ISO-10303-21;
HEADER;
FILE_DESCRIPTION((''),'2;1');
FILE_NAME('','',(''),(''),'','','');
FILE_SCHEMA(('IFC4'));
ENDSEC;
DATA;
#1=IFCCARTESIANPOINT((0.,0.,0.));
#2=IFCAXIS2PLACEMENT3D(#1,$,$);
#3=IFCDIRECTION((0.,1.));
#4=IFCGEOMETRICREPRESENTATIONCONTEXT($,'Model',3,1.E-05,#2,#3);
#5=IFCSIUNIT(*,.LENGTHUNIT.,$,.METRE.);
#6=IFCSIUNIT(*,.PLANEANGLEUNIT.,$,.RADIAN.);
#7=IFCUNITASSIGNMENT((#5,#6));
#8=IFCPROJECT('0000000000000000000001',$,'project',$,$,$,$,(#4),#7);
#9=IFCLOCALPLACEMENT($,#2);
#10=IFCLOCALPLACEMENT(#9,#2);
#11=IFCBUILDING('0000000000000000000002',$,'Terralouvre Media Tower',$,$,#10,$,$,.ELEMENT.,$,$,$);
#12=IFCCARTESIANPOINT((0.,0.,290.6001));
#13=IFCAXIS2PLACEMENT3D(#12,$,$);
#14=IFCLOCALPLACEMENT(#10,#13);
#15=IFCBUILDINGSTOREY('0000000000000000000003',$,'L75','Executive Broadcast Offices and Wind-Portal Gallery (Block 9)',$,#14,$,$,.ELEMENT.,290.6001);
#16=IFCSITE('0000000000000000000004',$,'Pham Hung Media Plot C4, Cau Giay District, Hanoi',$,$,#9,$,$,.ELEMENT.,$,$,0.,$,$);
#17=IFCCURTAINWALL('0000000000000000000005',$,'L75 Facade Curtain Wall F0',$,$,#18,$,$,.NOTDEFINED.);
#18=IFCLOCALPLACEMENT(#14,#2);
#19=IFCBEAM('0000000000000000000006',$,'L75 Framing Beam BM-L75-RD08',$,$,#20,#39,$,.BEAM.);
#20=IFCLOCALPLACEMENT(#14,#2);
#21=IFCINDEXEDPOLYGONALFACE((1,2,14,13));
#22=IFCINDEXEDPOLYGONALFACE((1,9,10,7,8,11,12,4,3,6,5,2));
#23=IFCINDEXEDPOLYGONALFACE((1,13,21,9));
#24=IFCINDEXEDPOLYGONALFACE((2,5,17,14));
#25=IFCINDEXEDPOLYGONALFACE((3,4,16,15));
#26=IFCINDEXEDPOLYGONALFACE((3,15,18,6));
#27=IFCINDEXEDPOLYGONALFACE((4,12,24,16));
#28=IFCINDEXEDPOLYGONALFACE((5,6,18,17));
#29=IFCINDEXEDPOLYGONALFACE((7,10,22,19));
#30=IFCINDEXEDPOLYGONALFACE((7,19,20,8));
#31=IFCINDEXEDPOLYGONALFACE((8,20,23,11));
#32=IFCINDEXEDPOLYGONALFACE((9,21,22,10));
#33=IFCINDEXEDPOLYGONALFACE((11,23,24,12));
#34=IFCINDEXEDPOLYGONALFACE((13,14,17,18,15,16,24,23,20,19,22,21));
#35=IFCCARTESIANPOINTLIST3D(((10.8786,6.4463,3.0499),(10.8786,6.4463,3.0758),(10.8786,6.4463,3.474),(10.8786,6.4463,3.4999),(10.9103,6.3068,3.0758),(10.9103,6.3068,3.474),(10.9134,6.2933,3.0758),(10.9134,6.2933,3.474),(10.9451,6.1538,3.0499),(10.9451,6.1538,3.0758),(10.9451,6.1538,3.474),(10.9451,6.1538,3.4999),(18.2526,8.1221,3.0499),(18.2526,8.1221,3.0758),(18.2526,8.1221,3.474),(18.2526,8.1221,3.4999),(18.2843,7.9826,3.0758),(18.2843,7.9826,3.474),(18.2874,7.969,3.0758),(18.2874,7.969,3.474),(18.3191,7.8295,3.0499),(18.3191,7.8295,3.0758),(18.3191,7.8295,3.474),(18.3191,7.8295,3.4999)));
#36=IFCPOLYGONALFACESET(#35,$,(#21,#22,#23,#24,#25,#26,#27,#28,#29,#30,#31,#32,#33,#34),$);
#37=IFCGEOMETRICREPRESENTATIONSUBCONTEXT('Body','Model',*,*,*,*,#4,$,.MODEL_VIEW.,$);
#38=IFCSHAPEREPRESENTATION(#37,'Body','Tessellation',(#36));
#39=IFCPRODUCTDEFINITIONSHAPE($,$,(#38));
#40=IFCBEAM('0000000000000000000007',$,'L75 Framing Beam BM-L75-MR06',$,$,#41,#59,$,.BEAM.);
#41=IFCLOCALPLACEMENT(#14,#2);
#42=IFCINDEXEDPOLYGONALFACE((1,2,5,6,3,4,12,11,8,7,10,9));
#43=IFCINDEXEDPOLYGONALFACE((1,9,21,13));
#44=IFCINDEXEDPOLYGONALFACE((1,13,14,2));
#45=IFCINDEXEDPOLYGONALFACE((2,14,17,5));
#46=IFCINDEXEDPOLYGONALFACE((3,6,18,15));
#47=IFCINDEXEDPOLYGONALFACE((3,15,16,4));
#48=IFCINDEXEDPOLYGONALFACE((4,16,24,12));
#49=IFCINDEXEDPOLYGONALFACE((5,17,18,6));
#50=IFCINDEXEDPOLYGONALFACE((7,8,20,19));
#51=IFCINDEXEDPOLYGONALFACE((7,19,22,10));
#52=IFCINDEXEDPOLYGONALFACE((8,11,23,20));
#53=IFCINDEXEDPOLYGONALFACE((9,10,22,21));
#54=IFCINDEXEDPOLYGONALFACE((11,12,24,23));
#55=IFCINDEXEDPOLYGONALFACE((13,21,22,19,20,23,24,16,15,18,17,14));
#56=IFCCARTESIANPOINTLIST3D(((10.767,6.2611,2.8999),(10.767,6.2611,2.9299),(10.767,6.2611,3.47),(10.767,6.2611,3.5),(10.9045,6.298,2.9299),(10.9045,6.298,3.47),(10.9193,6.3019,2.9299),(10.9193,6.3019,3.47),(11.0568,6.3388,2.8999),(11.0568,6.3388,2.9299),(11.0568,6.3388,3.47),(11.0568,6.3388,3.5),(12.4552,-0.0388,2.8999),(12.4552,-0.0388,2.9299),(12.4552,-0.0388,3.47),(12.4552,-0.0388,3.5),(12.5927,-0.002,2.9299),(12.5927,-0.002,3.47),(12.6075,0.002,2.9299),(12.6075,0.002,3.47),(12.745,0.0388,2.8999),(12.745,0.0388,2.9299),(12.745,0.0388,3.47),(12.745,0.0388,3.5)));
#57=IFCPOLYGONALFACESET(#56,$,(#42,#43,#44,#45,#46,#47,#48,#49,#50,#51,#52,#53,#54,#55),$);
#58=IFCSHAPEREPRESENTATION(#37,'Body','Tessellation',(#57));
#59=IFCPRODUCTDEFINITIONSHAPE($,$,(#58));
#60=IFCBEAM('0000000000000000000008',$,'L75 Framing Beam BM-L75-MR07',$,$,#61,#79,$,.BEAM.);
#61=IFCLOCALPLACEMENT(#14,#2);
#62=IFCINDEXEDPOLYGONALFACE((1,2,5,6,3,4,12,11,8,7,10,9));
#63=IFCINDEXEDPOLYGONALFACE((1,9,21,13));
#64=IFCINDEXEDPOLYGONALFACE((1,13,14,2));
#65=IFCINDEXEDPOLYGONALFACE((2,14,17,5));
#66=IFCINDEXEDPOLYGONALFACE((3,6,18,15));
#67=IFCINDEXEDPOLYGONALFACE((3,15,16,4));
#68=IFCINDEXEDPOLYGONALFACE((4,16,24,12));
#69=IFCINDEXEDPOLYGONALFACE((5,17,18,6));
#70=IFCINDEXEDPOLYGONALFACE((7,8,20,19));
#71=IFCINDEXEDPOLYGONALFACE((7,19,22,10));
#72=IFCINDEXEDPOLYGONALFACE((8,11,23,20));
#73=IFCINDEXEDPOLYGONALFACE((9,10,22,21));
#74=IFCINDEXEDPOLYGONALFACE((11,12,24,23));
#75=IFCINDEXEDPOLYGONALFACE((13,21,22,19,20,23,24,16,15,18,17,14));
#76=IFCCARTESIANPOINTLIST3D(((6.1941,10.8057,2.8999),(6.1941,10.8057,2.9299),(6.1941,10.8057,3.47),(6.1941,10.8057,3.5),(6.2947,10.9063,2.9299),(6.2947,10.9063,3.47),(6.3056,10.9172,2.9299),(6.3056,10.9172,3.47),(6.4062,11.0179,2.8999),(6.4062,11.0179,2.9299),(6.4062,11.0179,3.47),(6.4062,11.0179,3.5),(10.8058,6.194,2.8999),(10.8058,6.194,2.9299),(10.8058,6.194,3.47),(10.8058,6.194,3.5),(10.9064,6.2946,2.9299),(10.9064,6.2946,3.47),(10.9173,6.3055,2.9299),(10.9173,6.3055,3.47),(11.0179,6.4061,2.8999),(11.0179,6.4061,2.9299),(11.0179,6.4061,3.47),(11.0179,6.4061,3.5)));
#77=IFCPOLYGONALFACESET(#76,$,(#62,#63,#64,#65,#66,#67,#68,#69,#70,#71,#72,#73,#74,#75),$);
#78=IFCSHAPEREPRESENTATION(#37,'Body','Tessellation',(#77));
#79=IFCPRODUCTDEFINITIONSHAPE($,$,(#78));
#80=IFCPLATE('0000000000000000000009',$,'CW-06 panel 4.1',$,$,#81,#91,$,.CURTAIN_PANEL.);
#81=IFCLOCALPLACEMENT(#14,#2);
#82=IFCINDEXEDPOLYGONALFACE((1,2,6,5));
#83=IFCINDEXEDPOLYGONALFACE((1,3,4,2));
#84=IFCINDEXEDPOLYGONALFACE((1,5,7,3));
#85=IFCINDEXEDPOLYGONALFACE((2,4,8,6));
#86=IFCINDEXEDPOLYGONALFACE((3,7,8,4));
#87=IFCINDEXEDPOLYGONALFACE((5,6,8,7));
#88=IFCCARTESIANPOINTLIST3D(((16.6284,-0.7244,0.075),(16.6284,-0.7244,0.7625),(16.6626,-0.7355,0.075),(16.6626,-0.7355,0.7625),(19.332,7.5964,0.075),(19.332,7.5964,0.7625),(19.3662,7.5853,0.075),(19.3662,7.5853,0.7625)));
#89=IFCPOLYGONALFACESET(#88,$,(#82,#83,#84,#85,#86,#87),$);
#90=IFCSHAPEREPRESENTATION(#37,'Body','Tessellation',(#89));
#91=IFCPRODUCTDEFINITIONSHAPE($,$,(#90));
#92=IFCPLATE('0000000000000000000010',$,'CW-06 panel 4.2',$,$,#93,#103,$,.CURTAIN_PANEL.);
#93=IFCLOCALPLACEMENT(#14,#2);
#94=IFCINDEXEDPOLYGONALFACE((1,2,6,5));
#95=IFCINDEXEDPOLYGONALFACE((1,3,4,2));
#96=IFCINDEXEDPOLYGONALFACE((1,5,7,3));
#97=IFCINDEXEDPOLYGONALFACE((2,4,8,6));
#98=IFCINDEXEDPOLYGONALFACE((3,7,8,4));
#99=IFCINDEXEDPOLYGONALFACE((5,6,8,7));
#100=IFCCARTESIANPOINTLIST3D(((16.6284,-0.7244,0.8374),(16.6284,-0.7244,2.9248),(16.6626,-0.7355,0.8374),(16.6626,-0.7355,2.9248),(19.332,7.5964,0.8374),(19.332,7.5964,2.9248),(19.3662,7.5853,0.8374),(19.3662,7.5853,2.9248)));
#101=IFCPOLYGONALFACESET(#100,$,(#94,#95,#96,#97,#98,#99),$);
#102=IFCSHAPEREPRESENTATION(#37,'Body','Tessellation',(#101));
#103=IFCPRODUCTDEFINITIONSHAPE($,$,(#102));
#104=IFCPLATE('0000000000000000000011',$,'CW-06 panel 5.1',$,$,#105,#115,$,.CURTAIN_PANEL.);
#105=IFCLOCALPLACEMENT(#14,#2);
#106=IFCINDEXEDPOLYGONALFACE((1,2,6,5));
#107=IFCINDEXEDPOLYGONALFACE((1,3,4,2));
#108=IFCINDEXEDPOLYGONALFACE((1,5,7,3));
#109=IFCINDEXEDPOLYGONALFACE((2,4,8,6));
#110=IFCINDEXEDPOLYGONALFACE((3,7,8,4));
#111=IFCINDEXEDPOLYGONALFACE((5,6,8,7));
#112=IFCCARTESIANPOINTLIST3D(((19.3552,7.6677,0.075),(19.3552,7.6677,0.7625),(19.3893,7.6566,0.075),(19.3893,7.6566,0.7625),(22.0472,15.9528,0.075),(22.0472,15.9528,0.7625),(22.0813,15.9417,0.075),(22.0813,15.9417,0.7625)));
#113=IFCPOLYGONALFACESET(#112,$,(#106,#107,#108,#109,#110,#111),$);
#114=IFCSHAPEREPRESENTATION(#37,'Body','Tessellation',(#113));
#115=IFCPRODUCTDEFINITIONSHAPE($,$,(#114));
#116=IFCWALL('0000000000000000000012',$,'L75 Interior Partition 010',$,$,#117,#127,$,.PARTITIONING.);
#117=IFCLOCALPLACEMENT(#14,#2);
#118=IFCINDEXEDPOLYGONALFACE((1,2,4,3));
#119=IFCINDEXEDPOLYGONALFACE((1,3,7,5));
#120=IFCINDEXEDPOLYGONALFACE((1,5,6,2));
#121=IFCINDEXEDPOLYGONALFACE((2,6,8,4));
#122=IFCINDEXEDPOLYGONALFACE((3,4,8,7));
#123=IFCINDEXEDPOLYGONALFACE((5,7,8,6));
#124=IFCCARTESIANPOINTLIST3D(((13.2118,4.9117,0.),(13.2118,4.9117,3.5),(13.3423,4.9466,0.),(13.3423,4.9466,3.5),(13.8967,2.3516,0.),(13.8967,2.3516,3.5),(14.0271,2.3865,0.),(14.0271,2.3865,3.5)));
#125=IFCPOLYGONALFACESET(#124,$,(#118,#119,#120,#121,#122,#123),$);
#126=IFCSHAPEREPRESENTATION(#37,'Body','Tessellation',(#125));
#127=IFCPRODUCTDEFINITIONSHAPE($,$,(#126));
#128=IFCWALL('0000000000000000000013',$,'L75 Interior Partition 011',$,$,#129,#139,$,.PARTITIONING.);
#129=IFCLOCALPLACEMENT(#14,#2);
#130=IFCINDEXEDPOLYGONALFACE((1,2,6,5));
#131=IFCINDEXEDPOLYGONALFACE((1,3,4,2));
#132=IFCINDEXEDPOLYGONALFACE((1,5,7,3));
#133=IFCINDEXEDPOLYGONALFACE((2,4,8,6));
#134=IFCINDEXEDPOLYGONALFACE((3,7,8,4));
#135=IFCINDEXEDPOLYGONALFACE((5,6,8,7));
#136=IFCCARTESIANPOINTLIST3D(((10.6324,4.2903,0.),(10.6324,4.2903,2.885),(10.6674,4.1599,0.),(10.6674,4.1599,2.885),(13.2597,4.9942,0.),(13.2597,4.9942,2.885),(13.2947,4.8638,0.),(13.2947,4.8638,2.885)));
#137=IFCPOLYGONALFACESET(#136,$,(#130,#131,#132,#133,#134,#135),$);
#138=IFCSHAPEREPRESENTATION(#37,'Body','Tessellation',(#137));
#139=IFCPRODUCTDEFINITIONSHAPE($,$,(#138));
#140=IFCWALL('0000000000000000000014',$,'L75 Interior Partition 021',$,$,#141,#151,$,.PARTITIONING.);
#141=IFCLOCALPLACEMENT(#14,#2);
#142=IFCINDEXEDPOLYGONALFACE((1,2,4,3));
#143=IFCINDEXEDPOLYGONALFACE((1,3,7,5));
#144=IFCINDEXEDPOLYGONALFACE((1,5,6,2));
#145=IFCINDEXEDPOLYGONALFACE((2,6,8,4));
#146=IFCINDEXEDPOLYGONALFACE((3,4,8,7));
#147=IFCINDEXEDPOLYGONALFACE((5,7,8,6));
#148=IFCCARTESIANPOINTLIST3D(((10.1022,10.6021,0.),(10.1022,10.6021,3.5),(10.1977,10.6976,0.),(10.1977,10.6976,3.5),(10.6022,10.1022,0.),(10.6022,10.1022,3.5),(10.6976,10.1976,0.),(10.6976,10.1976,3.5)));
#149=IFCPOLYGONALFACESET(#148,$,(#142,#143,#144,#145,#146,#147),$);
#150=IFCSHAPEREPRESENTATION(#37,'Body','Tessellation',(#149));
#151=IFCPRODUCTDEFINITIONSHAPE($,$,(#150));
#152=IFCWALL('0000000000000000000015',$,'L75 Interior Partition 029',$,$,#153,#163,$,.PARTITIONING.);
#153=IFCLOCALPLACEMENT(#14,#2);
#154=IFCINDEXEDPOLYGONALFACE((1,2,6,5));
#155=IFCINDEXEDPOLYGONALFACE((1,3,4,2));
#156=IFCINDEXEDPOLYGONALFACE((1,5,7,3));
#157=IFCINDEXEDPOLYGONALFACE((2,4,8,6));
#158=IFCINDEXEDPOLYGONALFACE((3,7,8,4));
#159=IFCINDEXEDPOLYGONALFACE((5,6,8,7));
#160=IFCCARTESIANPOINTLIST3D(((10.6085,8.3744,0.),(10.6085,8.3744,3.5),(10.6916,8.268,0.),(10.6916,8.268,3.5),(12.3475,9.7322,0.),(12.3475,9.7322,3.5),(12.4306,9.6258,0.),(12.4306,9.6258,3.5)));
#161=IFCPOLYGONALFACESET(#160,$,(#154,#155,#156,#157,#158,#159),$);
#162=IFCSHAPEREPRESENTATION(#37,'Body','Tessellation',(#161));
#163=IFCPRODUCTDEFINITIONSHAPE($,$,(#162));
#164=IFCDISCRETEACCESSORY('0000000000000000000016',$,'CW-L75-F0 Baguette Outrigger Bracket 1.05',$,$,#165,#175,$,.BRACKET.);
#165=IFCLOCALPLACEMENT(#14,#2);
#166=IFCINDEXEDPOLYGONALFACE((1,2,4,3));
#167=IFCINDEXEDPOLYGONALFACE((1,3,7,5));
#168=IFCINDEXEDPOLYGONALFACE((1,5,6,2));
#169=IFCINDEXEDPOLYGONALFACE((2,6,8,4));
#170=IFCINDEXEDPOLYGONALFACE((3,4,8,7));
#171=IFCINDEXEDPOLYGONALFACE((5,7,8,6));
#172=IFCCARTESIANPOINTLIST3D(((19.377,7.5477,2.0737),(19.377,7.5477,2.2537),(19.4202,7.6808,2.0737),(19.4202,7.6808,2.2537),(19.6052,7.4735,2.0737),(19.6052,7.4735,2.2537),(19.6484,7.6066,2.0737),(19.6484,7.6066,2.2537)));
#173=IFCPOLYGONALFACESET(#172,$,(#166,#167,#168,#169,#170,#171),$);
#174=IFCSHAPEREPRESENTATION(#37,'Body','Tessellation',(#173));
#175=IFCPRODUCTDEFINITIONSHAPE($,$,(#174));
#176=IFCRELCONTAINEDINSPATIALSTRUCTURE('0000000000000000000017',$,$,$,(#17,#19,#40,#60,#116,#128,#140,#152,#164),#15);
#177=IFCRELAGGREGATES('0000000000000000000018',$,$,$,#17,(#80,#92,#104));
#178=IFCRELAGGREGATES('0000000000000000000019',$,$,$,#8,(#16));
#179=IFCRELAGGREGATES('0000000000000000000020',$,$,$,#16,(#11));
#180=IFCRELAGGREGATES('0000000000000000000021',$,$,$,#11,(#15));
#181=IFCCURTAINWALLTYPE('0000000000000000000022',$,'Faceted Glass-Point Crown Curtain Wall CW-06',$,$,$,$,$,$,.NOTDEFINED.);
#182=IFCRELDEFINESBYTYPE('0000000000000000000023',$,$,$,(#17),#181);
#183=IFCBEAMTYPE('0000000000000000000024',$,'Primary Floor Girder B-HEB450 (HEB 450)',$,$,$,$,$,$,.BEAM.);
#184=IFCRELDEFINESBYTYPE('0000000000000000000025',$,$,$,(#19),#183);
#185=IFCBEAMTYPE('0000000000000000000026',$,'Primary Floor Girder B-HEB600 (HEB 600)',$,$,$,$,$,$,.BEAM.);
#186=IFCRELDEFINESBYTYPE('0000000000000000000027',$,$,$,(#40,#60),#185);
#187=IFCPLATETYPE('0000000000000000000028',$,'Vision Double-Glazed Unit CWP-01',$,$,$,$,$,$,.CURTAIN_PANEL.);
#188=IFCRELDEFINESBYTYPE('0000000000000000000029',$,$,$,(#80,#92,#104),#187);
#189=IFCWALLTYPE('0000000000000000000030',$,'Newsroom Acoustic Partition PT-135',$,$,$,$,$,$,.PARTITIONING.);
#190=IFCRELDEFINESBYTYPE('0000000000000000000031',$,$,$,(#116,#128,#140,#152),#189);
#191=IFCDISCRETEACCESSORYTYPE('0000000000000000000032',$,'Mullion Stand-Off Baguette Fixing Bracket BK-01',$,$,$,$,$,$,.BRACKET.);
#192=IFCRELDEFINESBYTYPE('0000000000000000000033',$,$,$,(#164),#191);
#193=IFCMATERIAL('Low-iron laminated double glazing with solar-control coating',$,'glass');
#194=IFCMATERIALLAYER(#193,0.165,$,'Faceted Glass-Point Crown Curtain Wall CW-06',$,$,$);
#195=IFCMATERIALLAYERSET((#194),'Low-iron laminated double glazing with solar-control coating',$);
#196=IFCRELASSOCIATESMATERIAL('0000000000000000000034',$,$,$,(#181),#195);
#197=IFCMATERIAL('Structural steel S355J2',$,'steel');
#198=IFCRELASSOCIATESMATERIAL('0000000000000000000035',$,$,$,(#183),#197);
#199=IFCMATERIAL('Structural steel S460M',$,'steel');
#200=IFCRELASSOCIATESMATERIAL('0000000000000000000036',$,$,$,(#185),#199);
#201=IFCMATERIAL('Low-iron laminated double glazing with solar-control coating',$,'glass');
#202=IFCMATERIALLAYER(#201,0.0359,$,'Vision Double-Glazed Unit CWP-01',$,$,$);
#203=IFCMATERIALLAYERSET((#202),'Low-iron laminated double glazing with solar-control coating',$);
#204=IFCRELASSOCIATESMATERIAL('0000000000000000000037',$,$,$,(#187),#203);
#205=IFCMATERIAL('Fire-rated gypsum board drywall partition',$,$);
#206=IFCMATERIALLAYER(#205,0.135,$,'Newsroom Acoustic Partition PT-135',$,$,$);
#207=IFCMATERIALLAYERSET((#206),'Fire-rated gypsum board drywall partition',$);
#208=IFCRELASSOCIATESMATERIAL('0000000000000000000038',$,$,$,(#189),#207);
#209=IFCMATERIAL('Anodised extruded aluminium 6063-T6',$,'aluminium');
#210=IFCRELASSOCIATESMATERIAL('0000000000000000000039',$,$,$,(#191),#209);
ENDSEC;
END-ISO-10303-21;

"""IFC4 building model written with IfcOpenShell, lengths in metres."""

from ifc_helpers import new_model, si_unit, direction, frame, frame_2d, origin, origin_2d, place, context, subcontext, project, spatial, rectangle, i_section, extrude, material, layer, layer_set, material_profile, profile_set, type_object, element, aggregate, save


model = new_model("IFC4")

# Units and contexts
model_context = context("Model", 3, precision=1e-05, world=origin(), true_north=direction((0.0, 1.0)))
body_context = subcontext(model_context, "Body", "Model", "MODEL_VIEW")
ifc_project = project(units=[si_unit("LENGTHUNIT", "METRE"), si_unit("PLANEANGLEUNIT", "RADIAN")], contexts=[model_context])

# Site, building, storey
site_placement = place(None, origin())
site = spatial("IfcSite", under=ifc_project, at=site_placement, Name="Pham Hung Media Plot C4, Cau Giay District, Hanoi", CompositionType="ELEMENT", RefElevation=0.0)
building_placement = place(site_placement, origin())
building = spatial("IfcBuilding", under=site, at=building_placement, Name="Terralouvre Media Tower", CompositionType="ELEMENT")
storey_placement = place(building_placement, frame((0.0, 0.0, 290.6001)))
storey = spatial("IfcBuildingStorey", under=building, at=storey_placement, Name="L75", Description="Executive Broadcast Offices and Wind-Portal Gallery (Block 9)", CompositionType="ELEMENT", Elevation=290.6001)

# Curtain wall
ifc_material_1 = material(Name="Low-iron laminated double glazing with solar-control coating", Category="glass")
ifc_layer_1 = layer(ifc_material_1, 0.165, Name="Faceted Glass-Point Crown Curtain Wall CW-06")
ifc_layer_set_1 = layer_set([ifc_layer_1], Name="Low-iron laminated double glazing with solar-control coating")
curtain_wall_type = type_object("IfcCurtainWallType", Name="Faceted Glass-Point Crown Curtain Wall CW-06", PredefinedType="NOTDEFINED", material=ifc_layer_set_1)
curtain_wall_placement = place(storey_placement, origin())
curtain_wall = element("IfcCurtainWall", 1, at=curtain_wall_placement, inside=storey, type_object=curtain_wall_type, Name="L75 Facade Curtain Wall F0", PredefinedType="NOTDEFINED")

# Beams
ifc_material_2 = material(Name="Structural steel S355J2", Category="steel")
ifc_material_profile_1 = material_profile(ifc_material_2, i_section(OverallWidth=0.3, OverallDepth=0.45, WebThickness=0.0139, FlangeThickness=0.0259, at=origin_2d()), Name="HEB 450")
ifc_profile_set_1 = profile_set([ifc_material_profile_1], Name="Structural steel S355J2")
beam_type_1 = type_object("IfcBeamType", Name="Primary Floor Girder B-HEB450 (HEB 450)", PredefinedType="BEAM", material=ifc_profile_set_1)
beam_1_placement = place(storey_placement, frame((10.9119, 6.3, 3.2749), z_axis=(0.975137, 0.221604, 0.0), x_axis=(-0.221604, 0.975137, 0.0)))
element("IfcBeam", 2, at=beam_1_placement, inside=storey, type_object=beam_type_1, Name="L75 Framing Beam BM-L75-RD08", PredefinedType="BEAM", context=body_context, shape_type="SweptSolid", body=[
    extrude(i_section(OverallWidth=0.3, OverallDepth=0.45, WebThickness=0.0139, FlangeThickness=0.0259, at=origin_2d()), origin(), (0.0, 0.0, 1.0), 7.562),
])
ifc_material_3 = material(Name="Structural steel S460M", Category="steel")
ifc_material_profile_2 = material_profile(ifc_material_3, i_section(OverallWidth=0.3, OverallDepth=0.6001, WebThickness=0.0154, FlangeThickness=0.03, at=origin_2d()), Name="HEB 600")
ifc_profile_set_2 = profile_set([ifc_material_profile_2], Name="Structural steel S460M")
beam_type_2 = type_object("IfcBeamType", Name="Primary Floor Girder B-HEB600 (HEB 600)", PredefinedType="BEAM", material=ifc_profile_set_2)
beam_2_placement = place(storey_placement, frame((12.6001, 0.0, 3.2), z_axis=(-0.258839, 0.96592, 0.0), x_axis=(-0.96592, -0.258839, 0.0)))
element("IfcBeam", 3, at=beam_2_placement, inside=storey, type_object=beam_type_2, Name="L75 Framing Beam BM-L75-MR06", PredefinedType="BEAM", context=body_context, shape_type="SweptSolid", body=[
    extrude(i_section(OverallWidth=0.3, OverallDepth=0.6001, WebThickness=0.0154, FlangeThickness=0.03, at=origin_2d()), origin(), (0.0, 0.0, 1.0), 6.5222),
])
beam_3_placement = place(storey_placement, frame((10.9119, 6.3, 3.2), z_axis=(-0.707107, 0.707107, 0.0), x_axis=(-0.707107, -0.707107, 0.0)))
element("IfcBeam", 4, at=beam_3_placement, inside=storey, type_object=beam_type_2, Name="L75 Framing Beam BM-L75-MR07", PredefinedType="BEAM", context=body_context, shape_type="SweptSolid", body=[
    extrude(i_section(OverallWidth=0.3, OverallDepth=0.6001, WebThickness=0.0154, FlangeThickness=0.03, at=origin_2d()), origin(), (0.0, 0.0, 1.0), 6.522),
])

# Plates
ifc_material_4 = material(Name="Low-iron laminated double glazing with solar-control coating", Category="glass")
ifc_layer_2 = layer(ifc_material_4, 0.0359, Name="Vision Double-Glazed Unit CWP-01")
ifc_layer_set_2 = layer_set([ifc_layer_2], Name="Low-iron laminated double glazing with solar-control coating")
plate_type = type_object("IfcPlateType", Name="Vision Double-Glazed Unit CWP-01", PredefinedType="CURTAIN_PANEL", material=ifc_layer_set_2)
plate_1_placement = place(storey_placement, frame((17.9973, 3.4304, 0.075), z_axis=(0.0, 0.0, 1.0), x_axis=(0.309017, 0.951057, 0.0)))
plate_1 = element("IfcPlate", 5, at=plate_1_placement, type_object=plate_type, Name="CW-06 panel 4.1", PredefinedType="CURTAIN_PANEL", context=body_context, shape_type="SweptSolid", body=[
    extrude(rectangle(XDim=8.749, YDim=0.0359, at=origin_2d()), origin(), (0.0, 0.0, 1.0), 0.6875),
])
plate_2_placement = place(storey_placement, frame((17.9973, 3.4304, 0.8374), z_axis=(0.0, 0.0, 1.0), x_axis=(0.309017, 0.951057, 0.0)))
plate_2 = element("IfcPlate", 6, at=plate_2_placement, type_object=plate_type, Name="CW-06 panel 4.2", PredefinedType="CURTAIN_PANEL", context=body_context, shape_type="SweptSolid", body=[
    extrude(rectangle(XDim=8.749, YDim=0.0359, at=origin_2d()), origin(), (0.0, 0.0, 1.0), 2.0874),
])
plate_3_placement = place(storey_placement, frame((20.7183, 11.8047, 0.075), z_axis=(0.0, 0.0, 1.0), x_axis=(0.309017, 0.951057, 0.0)))
plate_3 = element("IfcPlate", 7, at=plate_3_placement, type_object=plate_type, Name="CW-06 panel 5.1", PredefinedType="CURTAIN_PANEL", context=body_context, shape_type="SweptSolid", body=[
    extrude(rectangle(XDim=8.7114, YDim=0.0359, at=origin_2d()), origin(), (0.0, 0.0, 1.0), 0.6875),
])
aggregate(curtain_wall, [plate_1, plate_2, plate_3])

# Walls
ifc_material_5 = material(Name="Fire-rated gypsum board drywall partition")
ifc_layer_3 = layer(ifc_material_5, 0.135, Name="Newsroom Acoustic Partition PT-135")
ifc_layer_set_3 = layer_set([ifc_layer_3], Name="Fire-rated gypsum board drywall partition")
wall_type = type_object("IfcWallType", Name="Newsroom Acoustic Partition PT-135", PredefinedType="PARTITIONING", material=ifc_layer_set_3)
wall_1_placement = place(storey_placement, frame((13.9619, 2.3689, 0.0), z_axis=(0.0, 0.0, 1.0), x_axis=(-0.258414, 0.966034, 0.0)))
element("IfcWall", 8, at=wall_1_placement, inside=storey, type_object=wall_type, Name="L75 Interior Partition 010", PredefinedType="PARTITIONING", context=body_context, shape_type="SweptSolid", body=[
    extrude(rectangle(XDim=2.6501, YDim=0.135, at=frame_2d((1.3252, 0.0))), origin(), (0.0, 0.0, 1.0), 3.5),
])
wall_2_placement = place(storey_placement, frame((13.2771, 4.929, 0.0), z_axis=(0.0, 0.0, 1.0), x_axis=(-0.965935, -0.258785, 0.0)))
element("IfcWall", 9, at=wall_2_placement, inside=storey, type_object=wall_type, Name="L75 Interior Partition 011", PredefinedType="PARTITIONING", context=body_context, shape_type="SweptSolid", body=[
    extrude(rectangle(XDim=2.72, YDim=0.135, at=frame_2d((1.3599, 0.0))), origin(), (0.0, 0.0, 1.0), 2.885),
])
wall_3_placement = place(storey_placement, frame((10.6499, 10.1499, 0.0), z_axis=(0.0, 0.0, 1.0), x_axis=(-0.707107, 0.707107, 0.0)))
element("IfcWall", 10, at=wall_3_placement, inside=storey, type_object=wall_type, Name="L75 Interior Partition 021", PredefinedType="PARTITIONING", context=body_context, shape_type="SweptSolid", body=[
    extrude(rectangle(XDim=0.707, YDim=0.135, at=frame_2d((0.3535, 0.0))), origin(), (0.0, 0.0, 1.0), 3.5),
])
wall_4_placement = place(storey_placement, frame((12.3889, 9.679, 0.0), z_axis=(0.0, 0.0, 1.0), x_axis=(-0.788177, -0.615449, 0.0)))
element("IfcWall", 11, at=wall_4_placement, inside=storey, type_object=wall_type, Name="L75 Interior Partition 029", PredefinedType="PARTITIONING", context=body_context, shape_type="SweptSolid", body=[
    extrude(rectangle(XDim=2.2063, YDim=0.135, at=frame_2d((1.103, 0.0))), origin(), (0.0, 0.0, 1.0), 3.5),
])

# Discrete accessory
ifc_material_6 = material(Name="Anodised extruded aluminium 6063-T6", Category="aluminium")
discrete_accessory_type = type_object("IfcDiscreteAccessoryType", Name="Mullion Stand-Off Baguette Fixing Bracket BK-01", PredefinedType="BRACKET", material=ifc_material_6)
discrete_accessory_placement = place(storey_placement, frame((19.5127, 7.5771, 2.0737), z_axis=(0.0, 0.0, 1.0), x_axis=(0.309017, 0.951057, 0.0)))
element("IfcDiscreteAccessory", 12, at=discrete_accessory_placement, inside=storey, type_object=discrete_accessory_type, Name="CW-L75-F0 Baguette Outrigger Bracket 1.05", PredefinedType="BRACKET", context=body_context, shape_type="SweptSolid", body=[
    extrude(rectangle(XDim=0.1399, YDim=0.24, at=origin_2d()), origin(), (0.0, 0.0, 1.0), 0.1799),
])

save(model, "model.ifc")
